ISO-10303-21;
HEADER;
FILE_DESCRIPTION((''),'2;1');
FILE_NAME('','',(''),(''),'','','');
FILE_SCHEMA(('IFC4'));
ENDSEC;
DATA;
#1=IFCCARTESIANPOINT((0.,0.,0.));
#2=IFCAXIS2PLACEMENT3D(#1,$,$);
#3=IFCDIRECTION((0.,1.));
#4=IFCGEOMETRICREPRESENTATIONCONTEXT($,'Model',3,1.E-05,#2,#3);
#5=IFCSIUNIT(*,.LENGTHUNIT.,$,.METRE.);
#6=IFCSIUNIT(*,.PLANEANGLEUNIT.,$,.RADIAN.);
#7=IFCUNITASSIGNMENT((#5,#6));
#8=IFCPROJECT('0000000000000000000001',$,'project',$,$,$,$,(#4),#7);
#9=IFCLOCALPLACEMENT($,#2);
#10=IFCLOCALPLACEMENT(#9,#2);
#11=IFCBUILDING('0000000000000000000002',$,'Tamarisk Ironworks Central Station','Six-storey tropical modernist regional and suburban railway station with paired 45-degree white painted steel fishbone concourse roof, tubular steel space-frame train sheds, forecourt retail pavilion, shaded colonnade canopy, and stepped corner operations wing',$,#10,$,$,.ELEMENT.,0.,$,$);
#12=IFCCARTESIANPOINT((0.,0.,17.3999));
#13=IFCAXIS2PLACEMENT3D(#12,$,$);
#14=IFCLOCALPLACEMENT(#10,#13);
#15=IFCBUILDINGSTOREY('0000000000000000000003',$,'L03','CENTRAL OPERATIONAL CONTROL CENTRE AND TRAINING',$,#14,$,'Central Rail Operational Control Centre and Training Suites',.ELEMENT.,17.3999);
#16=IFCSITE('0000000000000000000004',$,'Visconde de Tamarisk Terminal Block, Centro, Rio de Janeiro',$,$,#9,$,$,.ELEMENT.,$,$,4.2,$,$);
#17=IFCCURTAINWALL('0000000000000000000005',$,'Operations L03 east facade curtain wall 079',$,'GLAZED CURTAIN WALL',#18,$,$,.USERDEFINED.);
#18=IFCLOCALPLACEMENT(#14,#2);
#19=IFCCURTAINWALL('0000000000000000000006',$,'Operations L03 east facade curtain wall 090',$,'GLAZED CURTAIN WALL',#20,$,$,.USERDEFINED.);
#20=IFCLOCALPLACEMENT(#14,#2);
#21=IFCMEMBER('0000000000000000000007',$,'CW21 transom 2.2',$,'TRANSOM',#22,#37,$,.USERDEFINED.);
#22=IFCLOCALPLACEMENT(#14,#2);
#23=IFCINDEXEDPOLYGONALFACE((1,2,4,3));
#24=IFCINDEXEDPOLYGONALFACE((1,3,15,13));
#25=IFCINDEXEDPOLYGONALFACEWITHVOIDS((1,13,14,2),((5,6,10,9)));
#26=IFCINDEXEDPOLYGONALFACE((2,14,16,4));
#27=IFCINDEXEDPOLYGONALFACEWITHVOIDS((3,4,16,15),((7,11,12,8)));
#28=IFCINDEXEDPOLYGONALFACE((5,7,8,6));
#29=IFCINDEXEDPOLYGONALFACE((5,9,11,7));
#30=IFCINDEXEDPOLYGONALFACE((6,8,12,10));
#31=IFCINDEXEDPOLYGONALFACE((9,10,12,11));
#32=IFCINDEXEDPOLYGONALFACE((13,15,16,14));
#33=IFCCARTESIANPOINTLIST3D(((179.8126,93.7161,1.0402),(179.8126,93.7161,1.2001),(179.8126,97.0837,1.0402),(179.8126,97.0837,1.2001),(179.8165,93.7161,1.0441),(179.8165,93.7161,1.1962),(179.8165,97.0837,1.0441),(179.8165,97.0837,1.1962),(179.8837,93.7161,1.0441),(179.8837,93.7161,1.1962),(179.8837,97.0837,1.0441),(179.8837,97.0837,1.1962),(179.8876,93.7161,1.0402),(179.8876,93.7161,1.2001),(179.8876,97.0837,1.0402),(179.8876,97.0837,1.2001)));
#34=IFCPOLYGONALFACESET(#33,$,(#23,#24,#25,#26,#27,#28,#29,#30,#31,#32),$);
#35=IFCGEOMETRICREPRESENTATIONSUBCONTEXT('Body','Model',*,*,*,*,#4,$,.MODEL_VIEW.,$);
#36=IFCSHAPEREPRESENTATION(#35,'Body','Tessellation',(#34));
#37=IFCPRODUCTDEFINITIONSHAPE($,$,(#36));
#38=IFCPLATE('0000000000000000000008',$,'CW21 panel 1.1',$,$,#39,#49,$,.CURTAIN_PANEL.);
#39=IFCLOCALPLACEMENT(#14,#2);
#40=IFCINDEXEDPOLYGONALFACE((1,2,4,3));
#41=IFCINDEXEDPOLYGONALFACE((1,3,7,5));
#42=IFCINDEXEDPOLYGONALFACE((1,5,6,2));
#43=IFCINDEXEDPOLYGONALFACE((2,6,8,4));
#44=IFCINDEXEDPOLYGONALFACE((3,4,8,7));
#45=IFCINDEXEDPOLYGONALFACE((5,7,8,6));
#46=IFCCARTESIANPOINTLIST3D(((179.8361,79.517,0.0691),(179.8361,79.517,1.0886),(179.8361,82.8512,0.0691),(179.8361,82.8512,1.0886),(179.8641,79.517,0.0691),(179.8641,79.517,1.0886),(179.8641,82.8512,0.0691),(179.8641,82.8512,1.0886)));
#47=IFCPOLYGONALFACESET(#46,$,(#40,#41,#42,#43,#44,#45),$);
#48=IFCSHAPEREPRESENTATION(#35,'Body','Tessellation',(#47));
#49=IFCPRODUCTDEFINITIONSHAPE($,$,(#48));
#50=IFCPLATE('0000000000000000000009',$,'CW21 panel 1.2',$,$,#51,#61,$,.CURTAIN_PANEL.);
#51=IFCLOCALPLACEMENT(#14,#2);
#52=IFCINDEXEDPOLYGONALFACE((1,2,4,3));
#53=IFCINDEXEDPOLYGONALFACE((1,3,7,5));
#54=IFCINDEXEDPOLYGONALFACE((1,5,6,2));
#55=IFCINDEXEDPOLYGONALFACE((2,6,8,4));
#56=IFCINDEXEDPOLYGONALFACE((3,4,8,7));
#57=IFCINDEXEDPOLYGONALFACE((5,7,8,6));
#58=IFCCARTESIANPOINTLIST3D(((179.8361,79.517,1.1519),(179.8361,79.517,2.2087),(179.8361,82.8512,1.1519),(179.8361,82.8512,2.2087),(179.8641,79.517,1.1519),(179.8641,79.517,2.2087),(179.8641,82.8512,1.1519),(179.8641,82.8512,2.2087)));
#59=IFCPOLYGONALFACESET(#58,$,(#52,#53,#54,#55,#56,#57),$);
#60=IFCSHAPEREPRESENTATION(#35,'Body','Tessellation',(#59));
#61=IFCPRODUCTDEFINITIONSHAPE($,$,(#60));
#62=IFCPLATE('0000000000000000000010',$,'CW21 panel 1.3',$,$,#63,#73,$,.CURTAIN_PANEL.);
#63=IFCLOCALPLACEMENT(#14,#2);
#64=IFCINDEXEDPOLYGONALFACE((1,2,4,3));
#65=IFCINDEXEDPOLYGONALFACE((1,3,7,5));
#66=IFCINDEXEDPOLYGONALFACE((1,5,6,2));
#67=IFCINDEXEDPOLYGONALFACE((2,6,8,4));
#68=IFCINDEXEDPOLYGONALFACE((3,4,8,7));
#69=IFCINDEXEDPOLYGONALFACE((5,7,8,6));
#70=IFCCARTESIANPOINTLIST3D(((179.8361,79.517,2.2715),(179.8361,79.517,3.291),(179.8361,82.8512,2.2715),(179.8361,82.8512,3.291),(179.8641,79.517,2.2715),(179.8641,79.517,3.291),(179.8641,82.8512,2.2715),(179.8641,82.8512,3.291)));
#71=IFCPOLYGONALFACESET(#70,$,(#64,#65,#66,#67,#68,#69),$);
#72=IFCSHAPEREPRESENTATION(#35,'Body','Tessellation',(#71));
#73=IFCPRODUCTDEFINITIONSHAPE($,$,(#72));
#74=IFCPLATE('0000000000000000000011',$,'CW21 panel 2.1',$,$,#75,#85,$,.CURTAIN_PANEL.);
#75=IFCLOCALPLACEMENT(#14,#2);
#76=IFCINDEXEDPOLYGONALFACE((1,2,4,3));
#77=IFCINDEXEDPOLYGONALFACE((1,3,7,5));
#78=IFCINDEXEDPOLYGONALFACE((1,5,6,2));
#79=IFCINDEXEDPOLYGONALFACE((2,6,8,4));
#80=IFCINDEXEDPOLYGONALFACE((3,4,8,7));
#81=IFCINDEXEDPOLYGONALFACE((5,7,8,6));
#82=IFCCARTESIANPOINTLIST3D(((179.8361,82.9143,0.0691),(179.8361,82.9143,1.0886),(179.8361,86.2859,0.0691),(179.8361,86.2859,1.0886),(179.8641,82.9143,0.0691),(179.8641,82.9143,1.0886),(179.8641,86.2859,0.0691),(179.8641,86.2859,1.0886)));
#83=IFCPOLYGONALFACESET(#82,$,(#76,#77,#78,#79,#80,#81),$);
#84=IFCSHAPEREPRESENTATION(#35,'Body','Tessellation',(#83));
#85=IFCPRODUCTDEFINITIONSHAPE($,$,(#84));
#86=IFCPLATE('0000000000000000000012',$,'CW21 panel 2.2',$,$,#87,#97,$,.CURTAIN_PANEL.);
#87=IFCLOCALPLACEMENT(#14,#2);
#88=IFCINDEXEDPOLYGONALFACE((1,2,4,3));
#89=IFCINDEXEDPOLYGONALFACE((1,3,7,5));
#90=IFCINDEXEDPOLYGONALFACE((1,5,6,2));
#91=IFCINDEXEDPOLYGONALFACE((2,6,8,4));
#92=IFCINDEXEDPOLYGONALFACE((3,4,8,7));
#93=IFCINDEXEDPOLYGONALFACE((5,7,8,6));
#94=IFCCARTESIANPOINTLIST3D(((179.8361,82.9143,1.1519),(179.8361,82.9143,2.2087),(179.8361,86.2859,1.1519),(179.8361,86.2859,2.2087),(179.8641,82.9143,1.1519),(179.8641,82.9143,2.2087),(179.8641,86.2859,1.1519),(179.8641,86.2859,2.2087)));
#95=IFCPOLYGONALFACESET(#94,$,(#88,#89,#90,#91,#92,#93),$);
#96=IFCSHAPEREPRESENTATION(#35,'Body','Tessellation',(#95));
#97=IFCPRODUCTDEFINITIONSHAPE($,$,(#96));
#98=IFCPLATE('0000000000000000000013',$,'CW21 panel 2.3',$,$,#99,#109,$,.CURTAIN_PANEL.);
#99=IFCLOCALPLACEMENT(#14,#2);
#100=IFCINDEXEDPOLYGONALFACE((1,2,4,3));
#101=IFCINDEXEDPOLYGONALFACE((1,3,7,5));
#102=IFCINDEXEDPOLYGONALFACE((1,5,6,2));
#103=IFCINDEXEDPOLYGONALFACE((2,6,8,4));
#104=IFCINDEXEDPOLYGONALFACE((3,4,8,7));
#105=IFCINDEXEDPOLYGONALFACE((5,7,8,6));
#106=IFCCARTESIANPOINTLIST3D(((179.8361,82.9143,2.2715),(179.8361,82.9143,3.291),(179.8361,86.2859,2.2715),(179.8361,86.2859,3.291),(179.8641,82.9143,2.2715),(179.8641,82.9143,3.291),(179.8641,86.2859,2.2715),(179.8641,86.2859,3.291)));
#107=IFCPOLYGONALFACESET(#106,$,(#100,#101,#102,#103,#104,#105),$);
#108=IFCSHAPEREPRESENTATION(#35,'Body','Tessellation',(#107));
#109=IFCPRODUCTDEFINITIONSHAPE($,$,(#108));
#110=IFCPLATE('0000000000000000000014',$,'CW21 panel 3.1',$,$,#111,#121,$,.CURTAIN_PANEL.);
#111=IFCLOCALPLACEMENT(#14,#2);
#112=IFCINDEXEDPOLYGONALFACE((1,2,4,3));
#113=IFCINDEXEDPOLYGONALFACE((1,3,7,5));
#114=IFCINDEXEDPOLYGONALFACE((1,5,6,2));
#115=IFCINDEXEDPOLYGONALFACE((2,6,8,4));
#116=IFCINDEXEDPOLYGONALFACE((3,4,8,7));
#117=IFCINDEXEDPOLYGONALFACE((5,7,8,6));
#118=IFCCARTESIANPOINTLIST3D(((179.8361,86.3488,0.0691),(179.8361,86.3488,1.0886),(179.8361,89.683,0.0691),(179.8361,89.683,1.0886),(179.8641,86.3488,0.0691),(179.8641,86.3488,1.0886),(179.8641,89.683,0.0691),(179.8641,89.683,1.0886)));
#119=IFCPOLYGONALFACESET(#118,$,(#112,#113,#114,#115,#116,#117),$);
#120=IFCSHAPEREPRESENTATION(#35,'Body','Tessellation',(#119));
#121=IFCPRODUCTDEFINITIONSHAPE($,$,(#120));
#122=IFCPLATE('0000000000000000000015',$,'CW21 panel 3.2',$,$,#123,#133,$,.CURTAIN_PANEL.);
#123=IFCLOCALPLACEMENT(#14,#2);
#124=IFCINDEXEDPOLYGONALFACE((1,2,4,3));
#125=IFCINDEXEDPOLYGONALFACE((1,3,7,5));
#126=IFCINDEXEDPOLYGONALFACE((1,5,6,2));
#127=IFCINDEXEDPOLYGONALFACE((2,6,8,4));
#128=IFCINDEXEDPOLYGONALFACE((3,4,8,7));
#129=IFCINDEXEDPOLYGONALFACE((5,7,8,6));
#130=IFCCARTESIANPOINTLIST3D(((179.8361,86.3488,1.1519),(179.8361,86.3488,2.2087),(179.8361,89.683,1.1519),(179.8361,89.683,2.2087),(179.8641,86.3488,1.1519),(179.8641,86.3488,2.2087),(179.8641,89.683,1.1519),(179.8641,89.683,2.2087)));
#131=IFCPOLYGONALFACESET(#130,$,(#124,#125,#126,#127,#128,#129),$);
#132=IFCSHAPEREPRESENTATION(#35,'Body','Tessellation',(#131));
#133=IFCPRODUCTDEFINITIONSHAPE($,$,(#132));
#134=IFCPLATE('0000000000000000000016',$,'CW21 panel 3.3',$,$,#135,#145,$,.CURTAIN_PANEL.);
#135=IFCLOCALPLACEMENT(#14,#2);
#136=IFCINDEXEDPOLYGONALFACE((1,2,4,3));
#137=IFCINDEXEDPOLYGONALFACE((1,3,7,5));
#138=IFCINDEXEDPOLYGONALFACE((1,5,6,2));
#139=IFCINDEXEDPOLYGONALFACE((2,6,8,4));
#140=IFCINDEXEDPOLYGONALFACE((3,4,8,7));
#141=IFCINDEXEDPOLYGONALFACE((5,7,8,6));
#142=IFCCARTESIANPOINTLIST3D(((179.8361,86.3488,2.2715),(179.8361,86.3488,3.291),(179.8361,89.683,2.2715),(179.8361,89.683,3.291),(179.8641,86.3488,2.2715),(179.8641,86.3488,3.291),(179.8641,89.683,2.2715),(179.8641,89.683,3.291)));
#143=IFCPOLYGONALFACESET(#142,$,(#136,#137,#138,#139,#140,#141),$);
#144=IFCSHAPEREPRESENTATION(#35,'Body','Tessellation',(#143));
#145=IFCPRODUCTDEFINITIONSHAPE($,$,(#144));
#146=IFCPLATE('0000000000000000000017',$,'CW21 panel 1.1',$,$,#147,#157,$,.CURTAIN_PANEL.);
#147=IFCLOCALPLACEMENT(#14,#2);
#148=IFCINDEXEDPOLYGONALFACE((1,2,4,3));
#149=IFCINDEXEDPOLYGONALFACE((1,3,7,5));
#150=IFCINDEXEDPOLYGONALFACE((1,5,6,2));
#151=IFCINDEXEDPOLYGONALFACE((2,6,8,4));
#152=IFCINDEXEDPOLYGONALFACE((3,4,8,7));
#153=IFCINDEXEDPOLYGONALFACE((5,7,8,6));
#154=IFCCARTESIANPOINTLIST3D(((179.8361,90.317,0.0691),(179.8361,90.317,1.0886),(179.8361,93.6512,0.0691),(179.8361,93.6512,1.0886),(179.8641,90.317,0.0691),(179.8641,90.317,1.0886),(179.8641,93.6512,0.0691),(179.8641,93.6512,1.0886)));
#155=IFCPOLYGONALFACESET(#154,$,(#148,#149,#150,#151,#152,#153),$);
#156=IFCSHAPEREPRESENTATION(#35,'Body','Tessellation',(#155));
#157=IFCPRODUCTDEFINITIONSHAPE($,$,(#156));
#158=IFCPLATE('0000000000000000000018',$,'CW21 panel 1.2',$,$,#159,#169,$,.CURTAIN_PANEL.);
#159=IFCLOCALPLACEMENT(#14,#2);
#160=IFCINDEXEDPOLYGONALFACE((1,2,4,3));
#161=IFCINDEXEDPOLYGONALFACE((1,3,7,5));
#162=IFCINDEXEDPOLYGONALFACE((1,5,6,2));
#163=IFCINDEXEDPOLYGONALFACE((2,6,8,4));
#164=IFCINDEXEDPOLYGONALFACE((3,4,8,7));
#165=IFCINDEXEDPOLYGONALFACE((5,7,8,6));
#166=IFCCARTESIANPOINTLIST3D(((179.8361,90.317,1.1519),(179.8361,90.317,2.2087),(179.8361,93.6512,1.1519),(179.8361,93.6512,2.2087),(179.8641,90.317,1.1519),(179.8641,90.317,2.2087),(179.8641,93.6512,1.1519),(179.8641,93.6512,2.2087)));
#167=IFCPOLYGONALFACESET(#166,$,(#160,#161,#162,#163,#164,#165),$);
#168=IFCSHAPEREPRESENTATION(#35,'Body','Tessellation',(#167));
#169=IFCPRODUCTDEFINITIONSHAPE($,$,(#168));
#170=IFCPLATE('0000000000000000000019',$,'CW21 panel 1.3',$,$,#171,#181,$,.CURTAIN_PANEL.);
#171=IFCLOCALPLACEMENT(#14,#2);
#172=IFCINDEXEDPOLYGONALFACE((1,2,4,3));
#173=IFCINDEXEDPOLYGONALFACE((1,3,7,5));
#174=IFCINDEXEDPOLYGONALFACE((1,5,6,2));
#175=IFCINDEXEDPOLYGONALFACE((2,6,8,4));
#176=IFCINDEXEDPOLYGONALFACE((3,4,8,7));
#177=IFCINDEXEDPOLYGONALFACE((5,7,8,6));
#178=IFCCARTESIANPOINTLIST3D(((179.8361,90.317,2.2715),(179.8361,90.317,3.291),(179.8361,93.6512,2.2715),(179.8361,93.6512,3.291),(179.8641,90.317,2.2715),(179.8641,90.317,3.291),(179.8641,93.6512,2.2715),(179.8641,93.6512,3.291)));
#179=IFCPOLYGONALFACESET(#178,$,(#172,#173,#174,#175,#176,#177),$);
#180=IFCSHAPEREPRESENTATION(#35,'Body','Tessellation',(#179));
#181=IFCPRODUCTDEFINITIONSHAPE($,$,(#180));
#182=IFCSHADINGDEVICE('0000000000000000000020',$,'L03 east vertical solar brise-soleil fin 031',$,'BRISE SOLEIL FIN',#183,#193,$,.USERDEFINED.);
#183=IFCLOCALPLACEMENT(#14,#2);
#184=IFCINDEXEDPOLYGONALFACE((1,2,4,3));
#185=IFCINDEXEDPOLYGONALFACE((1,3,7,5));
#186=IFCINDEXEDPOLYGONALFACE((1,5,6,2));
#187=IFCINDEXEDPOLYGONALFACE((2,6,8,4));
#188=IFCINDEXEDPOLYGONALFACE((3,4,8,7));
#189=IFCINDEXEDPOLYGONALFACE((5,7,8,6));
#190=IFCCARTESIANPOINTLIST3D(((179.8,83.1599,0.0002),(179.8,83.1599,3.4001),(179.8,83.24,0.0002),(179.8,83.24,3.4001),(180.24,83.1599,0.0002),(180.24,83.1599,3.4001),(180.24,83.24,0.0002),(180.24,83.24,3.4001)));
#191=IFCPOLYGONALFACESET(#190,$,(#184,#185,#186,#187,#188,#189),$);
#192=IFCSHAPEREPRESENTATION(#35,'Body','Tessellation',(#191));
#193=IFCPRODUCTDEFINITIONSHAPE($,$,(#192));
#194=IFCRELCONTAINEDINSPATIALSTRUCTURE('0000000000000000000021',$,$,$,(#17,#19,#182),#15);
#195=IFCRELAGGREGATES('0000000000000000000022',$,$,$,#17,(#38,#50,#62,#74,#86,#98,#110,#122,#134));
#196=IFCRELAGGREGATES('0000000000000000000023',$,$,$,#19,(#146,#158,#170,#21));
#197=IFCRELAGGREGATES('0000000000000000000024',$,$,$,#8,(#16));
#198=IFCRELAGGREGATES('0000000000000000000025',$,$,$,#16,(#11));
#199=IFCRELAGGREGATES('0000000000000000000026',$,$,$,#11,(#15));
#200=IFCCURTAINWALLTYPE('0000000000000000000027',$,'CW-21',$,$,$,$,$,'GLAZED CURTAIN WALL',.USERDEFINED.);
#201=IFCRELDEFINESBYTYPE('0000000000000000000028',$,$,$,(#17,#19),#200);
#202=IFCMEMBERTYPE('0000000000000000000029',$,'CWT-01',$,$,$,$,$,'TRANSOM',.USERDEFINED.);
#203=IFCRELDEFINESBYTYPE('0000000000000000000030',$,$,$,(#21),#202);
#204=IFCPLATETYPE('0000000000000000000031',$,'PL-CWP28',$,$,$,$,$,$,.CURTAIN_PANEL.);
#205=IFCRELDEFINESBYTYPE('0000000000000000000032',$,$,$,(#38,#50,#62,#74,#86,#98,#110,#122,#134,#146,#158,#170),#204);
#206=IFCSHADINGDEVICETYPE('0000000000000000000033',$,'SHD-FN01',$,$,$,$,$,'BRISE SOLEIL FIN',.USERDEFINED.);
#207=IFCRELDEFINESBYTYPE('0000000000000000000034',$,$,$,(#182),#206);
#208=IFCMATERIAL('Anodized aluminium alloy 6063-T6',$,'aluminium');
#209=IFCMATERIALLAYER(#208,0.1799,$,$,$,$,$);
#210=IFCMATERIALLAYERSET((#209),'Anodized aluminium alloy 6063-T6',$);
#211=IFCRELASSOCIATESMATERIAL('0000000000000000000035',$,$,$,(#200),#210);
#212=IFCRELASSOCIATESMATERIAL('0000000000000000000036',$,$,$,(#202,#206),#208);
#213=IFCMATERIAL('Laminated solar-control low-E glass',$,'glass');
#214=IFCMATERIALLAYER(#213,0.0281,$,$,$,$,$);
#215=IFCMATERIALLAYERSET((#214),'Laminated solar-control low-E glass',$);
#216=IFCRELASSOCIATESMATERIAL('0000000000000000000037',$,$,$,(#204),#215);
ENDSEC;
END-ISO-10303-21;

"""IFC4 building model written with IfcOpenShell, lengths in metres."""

from ifc_helpers import new_model, si_unit, direction, frame, origin, origin_2d, place, context, subcontext, project, spatial, rectangle, hollow_rectangle, extrude, material, layer, layer_set, material_profile, profile_set, type_object, element, aggregate, save


model = new_model("IFC4")

# Units and contexts
model_context = context("Model", 3, precision=1e-05, world=origin(), true_north=direction((0.0, 1.0)))
body_context = subcontext(model_context, "Body", "Model", "MODEL_VIEW")
ifc_project = project(units=[si_unit("LENGTHUNIT", "METRE"), si_unit("PLANEANGLEUNIT", "RADIAN")], contexts=[model_context])

# Site, building, storey
site_placement = place(None, origin())
site = spatial("IfcSite", under=ifc_project, at=site_placement, Name="Visconde de Tamarisk Terminal Block, Centro, Rio de Janeiro", CompositionType="ELEMENT", RefElevation=4.2)
building_placement = place(site_placement, origin())
building = spatial("IfcBuilding", under=site, at=building_placement, Name="Tamarisk Ironworks Central Station", Description="Six-storey tropical modernist regional and suburban railway station with paired 45-degree white painted steel fishbone concourse roof, tubular steel space-frame train sheds, forecourt retail pavilion, shaded colonnade canopy, and stepped corner operations wing", CompositionType="ELEMENT", ElevationOfRefHeight=0.0)
storey_placement = place(building_placement, frame((0.0, 0.0, 17.3999)))
storey = spatial("IfcBuildingStorey", under=building, at=storey_placement, Name="L03", Description="CENTRAL OPERATIONAL CONTROL CENTRE AND TRAINING", LongName="Central Rail Operational Control Centre and Training Suites", CompositionType="ELEMENT", Elevation=17.3999)

# Curtain walls
ifc_material_1 = material(Name="Anodized aluminium alloy 6063-T6", Category="aluminium")
ifc_layer_1 = layer(ifc_material_1, 0.1799)
ifc_layer_set_1 = layer_set([ifc_layer_1], Name="Anodized aluminium alloy 6063-T6")
curtain_wall_type = type_object("IfcCurtainWallType", Name="CW-21", ElementType="GLAZED CURTAIN WALL", PredefinedType="USERDEFINED", material=ifc_layer_set_1)
curtain_wall_1_placement = place(storey_placement, origin())
curtain_wall_1 = element("IfcCurtainWall", 1, at=curtain_wall_1_placement, inside=storey, type_object=curtain_wall_type, Name="Operations L03 east facade curtain wall 079", ObjectType="GLAZED CURTAIN WALL", PredefinedType="USERDEFINED")
curtain_wall_2_placement = place(storey_placement, origin())
curtain_wall_2 = element("IfcCurtainWall", 2, at=curtain_wall_2_placement, inside=storey, type_object=curtain_wall_type, Name="Operations L03 east facade curtain wall 090", ObjectType="GLAZED CURTAIN WALL", PredefinedType="USERDEFINED")

# Member
ifc_material_profile_1 = material_profile(ifc_material_1, hollow_rectangle(XDim=0.075, YDim=0.1599, WallThickness=0.0039, at=origin_2d()), Name="ALUM 160x75")
ifc_profile_set_1 = profile_set([ifc_material_profile_1], Name="Anodized aluminium alloy 6063-T6")
member_type_1 = type_object("IfcMemberType", Name="CWT-01", ElementType="TRANSOM", PredefinedType="USERDEFINED", material=ifc_profile_set_1)
member_1_placement = place(storey_placement, frame((179.8501, 93.7161, 1.1201), z_axis=(0.0, 1.0, 0.0), x_axis=(-1.0, 0.0, 0.0)))
member_1 = element("IfcMember", 3, at=member_1_placement, type_object=member_type_1, Name="CW21 transom 2.2", ObjectType="TRANSOM", PredefinedType="USERDEFINED", context=body_context, shape_type="SweptSolid", body=[
    extrude(hollow_rectangle(XDim=0.075, YDim=0.1599, WallThickness=0.0039, at=origin_2d()), origin(), (0.0, 0.0, 1.0), 3.3677),
])

# Plates
ifc_material_2 = material(Name="Laminated solar-control low-E glass", Category="glass")
ifc_layer_2 = layer(ifc_material_2, 0.0281)
ifc_layer_set_2 = layer_set([ifc_layer_2], Name="Laminated solar-control low-E glass")
plate_type = type_object("IfcPlateType", Name="PL-CWP28", PredefinedType="CURTAIN_PANEL", material=ifc_layer_set_2)
plate_1_placement = place(storey_placement, frame((179.8501, 81.1841, 0.0691), z_axis=(0.0, 0.0, 1.0), x_axis=(0.0, 1.0, 0.0)))
plate_1 = element("IfcPlate", 4, at=plate_1_placement, type_object=plate_type, Name="CW21 panel 1.1", PredefinedType="CURTAIN_PANEL", context=body_context, shape_type="SweptSolid", body=[
    extrude(rectangle(XDim=3.3342, YDim=0.0281, at=origin_2d()), origin(), (0.0, 0.0, 1.0), 1.0195),
])
plate_2_placement = place(storey_placement, frame((179.8501, 81.1841, 1.1519), z_axis=(0.0, 0.0, 1.0), x_axis=(0.0, 1.0, 0.0)))
plate_2 = element("IfcPlate", 5, at=plate_2_placement, type_object=plate_type, Name="CW21 panel 1.2", PredefinedType="CURTAIN_PANEL", context=body_context, shape_type="SweptSolid", body=[
    extrude(rectangle(XDim=3.3342, YDim=0.0281, at=origin_2d()), origin(), (0.0, 0.0, 1.0), 1.0569),
])
plate_3_placement = place(storey_placement, frame((179.8501, 81.1841, 2.2715), z_axis=(0.0, 0.0, 1.0), x_axis=(0.0, 1.0, 0.0)))
plate_3 = element("IfcPlate", 6, at=plate_3_placement, type_object=plate_type, Name="CW21 panel 1.3", PredefinedType="CURTAIN_PANEL", context=body_context, shape_type="SweptSolid", body=[
    extrude(rectangle(XDim=3.3342, YDim=0.0281, at=origin_2d()), origin(), (0.0, 0.0, 1.0), 1.0195),
])
plate_4_placement = place(storey_placement, frame((179.8501, 84.6001, 0.0691), z_axis=(0.0, 0.0, 1.0), x_axis=(0.0, 1.0, 0.0)))
plate_4 = element("IfcPlate", 7, at=plate_4_placement, type_object=plate_type, Name="CW21 panel 2.1", PredefinedType="CURTAIN_PANEL", context=body_context, shape_type="SweptSolid", body=[
    extrude(rectangle(XDim=3.3716, YDim=0.0281, at=origin_2d()), origin(), (0.0, 0.0, 1.0), 1.0195),
])
plate_5_placement = place(storey_placement, frame((179.8501, 84.6001, 1.1519), z_axis=(0.0, 0.0, 1.0), x_axis=(0.0, 1.0, 0.0)))
plate_5 = element("IfcPlate", 8, at=plate_5_placement, type_object=plate_type, Name="CW21 panel 2.2", PredefinedType="CURTAIN_PANEL", context=body_context, shape_type="SweptSolid", body=[
    extrude(rectangle(XDim=3.3716, YDim=0.0281, at=origin_2d()), origin(), (0.0, 0.0, 1.0), 1.0569),
])
plate_6_placement = place(storey_placement, frame((179.8501, 84.6001, 2.2715), z_axis=(0.0, 0.0, 1.0), x_axis=(0.0, 1.0, 0.0)))
plate_6 = element("IfcPlate", 9, at=plate_6_placement, type_object=plate_type, Name="CW21 panel 2.3", PredefinedType="CURTAIN_PANEL", context=body_context, shape_type="SweptSolid", body=[
    extrude(rectangle(XDim=3.3716, YDim=0.0281, at=origin_2d()), origin(), (0.0, 0.0, 1.0), 1.0195),
])
plate_7_placement = place(storey_placement, frame((179.8501, 88.0159, 0.0691), z_axis=(0.0, 0.0, 1.0), x_axis=(0.0, 1.0, 0.0)))
plate_7 = element("IfcPlate", 10, at=plate_7_placement, type_object=plate_type, Name="CW21 panel 3.1", PredefinedType="CURTAIN_PANEL", context=body_context, shape_type="SweptSolid", body=[
    extrude(rectangle(XDim=3.3342, YDim=0.0281, at=origin_2d()), origin(), (0.0, 0.0, 1.0), 1.0195),
])
plate_8_placement = place(storey_placement, frame((179.8501, 88.0159, 1.1519), z_axis=(0.0, 0.0, 1.0), x_axis=(0.0, 1.0, 0.0)))
plate_8 = element("IfcPlate", 11, at=plate_8_placement, type_object=plate_type, Name="CW21 panel 3.2", PredefinedType="CURTAIN_PANEL", context=body_context, shape_type="SweptSolid", body=[
    extrude(rectangle(XDim=3.3342, YDim=0.0281, at=origin_2d()), origin(), (0.0, 0.0, 1.0), 1.0569),
])
plate_9_placement = place(storey_placement, frame((179.8501, 88.0159, 2.2715), z_axis=(0.0, 0.0, 1.0), x_axis=(0.0, 1.0, 0.0)))
plate_9 = element("IfcPlate", 12, at=plate_9_placement, type_object=plate_type, Name="CW21 panel 3.3", PredefinedType="CURTAIN_PANEL", context=body_context, shape_type="SweptSolid", body=[
    extrude(rectangle(XDim=3.3342, YDim=0.0281, at=origin_2d()), origin(), (0.0, 0.0, 1.0), 1.0195),
])
aggregate(curtain_wall_1, [plate_1, plate_2, plate_3, plate_4, plate_5, plate_6, plate_7, plate_8, plate_9])
plate_10_placement = place(storey_placement, frame((179.8501, 91.9841, 0.0691), z_axis=(0.0, 0.0, 1.0), x_axis=(0.0, 1.0, 0.0)))
plate_10 = element("IfcPlate", 13, at=plate_10_placement, type_object=plate_type, Name="CW21 panel 1.1", PredefinedType="CURTAIN_PANEL", context=body_context, shape_type="SweptSolid", body=[
    extrude(rectangle(XDim=3.3342, YDim=0.0281, at=origin_2d()), origin(), (0.0, 0.0, 1.0), 1.0195),
])
plate_11_placement = place(storey_placement, frame((179.8501, 91.9841, 1.1519), z_axis=(0.0, 0.0, 1.0), x_axis=(0.0, 1.0, 0.0)))
plate_11 = element("IfcPlate", 14, at=plate_11_placement, type_object=plate_type, Name="CW21 panel 1.2", PredefinedType="CURTAIN_PANEL", context=body_context, shape_type="SweptSolid", body=[
    extrude(rectangle(XDim=3.3342, YDim=0.0281, at=origin_2d()), origin(), (0.0, 0.0, 1.0), 1.0569),
])
plate_12_placement = place(storey_placement, frame((179.8501, 91.9841, 2.2715), z_axis=(0.0, 0.0, 1.0), x_axis=(0.0, 1.0, 0.0)))
plate_12 = element("IfcPlate", 15, at=plate_12_placement, type_object=plate_type, Name="CW21 panel 1.3", PredefinedType="CURTAIN_PANEL", context=body_context, shape_type="SweptSolid", body=[
    extrude(rectangle(XDim=3.3342, YDim=0.0281, at=origin_2d()), origin(), (0.0, 0.0, 1.0), 1.0195),
])
aggregate(curtain_wall_2, [plate_10, plate_11, plate_12, member_1])

# Shading device
shading_device_type = type_object("IfcShadingDeviceType", Name="SHD-FN01", ElementType="BRISE SOLEIL FIN", PredefinedType="USERDEFINED", material=ifc_material_1)
for number, where, z_axis, x_axis, name in (
    (16, (180.02, 83.2, 0.0002), (0.0, 0.0, 1.0), (1.0, 0.0, 0.0), "L03 east vertical solar brise-soleil fin 031"),
):
    element("IfcShadingDevice", number, at=place(storey_placement, frame(where, z_axis=z_axis, x_axis=x_axis)), inside=storey, type_object=shading_device_type, Name=name, ObjectType="BRISE SOLEIL FIN", PredefinedType="USERDEFINED", context=body_context, shape_type="SweptSolid", body=[
        extrude(rectangle(XDim=0.4399, YDim=0.0801, at=origin_2d()), origin(), (0.0, 0.0, 1.0), 3.3999),
    ])

save(model, "model.ifc")
